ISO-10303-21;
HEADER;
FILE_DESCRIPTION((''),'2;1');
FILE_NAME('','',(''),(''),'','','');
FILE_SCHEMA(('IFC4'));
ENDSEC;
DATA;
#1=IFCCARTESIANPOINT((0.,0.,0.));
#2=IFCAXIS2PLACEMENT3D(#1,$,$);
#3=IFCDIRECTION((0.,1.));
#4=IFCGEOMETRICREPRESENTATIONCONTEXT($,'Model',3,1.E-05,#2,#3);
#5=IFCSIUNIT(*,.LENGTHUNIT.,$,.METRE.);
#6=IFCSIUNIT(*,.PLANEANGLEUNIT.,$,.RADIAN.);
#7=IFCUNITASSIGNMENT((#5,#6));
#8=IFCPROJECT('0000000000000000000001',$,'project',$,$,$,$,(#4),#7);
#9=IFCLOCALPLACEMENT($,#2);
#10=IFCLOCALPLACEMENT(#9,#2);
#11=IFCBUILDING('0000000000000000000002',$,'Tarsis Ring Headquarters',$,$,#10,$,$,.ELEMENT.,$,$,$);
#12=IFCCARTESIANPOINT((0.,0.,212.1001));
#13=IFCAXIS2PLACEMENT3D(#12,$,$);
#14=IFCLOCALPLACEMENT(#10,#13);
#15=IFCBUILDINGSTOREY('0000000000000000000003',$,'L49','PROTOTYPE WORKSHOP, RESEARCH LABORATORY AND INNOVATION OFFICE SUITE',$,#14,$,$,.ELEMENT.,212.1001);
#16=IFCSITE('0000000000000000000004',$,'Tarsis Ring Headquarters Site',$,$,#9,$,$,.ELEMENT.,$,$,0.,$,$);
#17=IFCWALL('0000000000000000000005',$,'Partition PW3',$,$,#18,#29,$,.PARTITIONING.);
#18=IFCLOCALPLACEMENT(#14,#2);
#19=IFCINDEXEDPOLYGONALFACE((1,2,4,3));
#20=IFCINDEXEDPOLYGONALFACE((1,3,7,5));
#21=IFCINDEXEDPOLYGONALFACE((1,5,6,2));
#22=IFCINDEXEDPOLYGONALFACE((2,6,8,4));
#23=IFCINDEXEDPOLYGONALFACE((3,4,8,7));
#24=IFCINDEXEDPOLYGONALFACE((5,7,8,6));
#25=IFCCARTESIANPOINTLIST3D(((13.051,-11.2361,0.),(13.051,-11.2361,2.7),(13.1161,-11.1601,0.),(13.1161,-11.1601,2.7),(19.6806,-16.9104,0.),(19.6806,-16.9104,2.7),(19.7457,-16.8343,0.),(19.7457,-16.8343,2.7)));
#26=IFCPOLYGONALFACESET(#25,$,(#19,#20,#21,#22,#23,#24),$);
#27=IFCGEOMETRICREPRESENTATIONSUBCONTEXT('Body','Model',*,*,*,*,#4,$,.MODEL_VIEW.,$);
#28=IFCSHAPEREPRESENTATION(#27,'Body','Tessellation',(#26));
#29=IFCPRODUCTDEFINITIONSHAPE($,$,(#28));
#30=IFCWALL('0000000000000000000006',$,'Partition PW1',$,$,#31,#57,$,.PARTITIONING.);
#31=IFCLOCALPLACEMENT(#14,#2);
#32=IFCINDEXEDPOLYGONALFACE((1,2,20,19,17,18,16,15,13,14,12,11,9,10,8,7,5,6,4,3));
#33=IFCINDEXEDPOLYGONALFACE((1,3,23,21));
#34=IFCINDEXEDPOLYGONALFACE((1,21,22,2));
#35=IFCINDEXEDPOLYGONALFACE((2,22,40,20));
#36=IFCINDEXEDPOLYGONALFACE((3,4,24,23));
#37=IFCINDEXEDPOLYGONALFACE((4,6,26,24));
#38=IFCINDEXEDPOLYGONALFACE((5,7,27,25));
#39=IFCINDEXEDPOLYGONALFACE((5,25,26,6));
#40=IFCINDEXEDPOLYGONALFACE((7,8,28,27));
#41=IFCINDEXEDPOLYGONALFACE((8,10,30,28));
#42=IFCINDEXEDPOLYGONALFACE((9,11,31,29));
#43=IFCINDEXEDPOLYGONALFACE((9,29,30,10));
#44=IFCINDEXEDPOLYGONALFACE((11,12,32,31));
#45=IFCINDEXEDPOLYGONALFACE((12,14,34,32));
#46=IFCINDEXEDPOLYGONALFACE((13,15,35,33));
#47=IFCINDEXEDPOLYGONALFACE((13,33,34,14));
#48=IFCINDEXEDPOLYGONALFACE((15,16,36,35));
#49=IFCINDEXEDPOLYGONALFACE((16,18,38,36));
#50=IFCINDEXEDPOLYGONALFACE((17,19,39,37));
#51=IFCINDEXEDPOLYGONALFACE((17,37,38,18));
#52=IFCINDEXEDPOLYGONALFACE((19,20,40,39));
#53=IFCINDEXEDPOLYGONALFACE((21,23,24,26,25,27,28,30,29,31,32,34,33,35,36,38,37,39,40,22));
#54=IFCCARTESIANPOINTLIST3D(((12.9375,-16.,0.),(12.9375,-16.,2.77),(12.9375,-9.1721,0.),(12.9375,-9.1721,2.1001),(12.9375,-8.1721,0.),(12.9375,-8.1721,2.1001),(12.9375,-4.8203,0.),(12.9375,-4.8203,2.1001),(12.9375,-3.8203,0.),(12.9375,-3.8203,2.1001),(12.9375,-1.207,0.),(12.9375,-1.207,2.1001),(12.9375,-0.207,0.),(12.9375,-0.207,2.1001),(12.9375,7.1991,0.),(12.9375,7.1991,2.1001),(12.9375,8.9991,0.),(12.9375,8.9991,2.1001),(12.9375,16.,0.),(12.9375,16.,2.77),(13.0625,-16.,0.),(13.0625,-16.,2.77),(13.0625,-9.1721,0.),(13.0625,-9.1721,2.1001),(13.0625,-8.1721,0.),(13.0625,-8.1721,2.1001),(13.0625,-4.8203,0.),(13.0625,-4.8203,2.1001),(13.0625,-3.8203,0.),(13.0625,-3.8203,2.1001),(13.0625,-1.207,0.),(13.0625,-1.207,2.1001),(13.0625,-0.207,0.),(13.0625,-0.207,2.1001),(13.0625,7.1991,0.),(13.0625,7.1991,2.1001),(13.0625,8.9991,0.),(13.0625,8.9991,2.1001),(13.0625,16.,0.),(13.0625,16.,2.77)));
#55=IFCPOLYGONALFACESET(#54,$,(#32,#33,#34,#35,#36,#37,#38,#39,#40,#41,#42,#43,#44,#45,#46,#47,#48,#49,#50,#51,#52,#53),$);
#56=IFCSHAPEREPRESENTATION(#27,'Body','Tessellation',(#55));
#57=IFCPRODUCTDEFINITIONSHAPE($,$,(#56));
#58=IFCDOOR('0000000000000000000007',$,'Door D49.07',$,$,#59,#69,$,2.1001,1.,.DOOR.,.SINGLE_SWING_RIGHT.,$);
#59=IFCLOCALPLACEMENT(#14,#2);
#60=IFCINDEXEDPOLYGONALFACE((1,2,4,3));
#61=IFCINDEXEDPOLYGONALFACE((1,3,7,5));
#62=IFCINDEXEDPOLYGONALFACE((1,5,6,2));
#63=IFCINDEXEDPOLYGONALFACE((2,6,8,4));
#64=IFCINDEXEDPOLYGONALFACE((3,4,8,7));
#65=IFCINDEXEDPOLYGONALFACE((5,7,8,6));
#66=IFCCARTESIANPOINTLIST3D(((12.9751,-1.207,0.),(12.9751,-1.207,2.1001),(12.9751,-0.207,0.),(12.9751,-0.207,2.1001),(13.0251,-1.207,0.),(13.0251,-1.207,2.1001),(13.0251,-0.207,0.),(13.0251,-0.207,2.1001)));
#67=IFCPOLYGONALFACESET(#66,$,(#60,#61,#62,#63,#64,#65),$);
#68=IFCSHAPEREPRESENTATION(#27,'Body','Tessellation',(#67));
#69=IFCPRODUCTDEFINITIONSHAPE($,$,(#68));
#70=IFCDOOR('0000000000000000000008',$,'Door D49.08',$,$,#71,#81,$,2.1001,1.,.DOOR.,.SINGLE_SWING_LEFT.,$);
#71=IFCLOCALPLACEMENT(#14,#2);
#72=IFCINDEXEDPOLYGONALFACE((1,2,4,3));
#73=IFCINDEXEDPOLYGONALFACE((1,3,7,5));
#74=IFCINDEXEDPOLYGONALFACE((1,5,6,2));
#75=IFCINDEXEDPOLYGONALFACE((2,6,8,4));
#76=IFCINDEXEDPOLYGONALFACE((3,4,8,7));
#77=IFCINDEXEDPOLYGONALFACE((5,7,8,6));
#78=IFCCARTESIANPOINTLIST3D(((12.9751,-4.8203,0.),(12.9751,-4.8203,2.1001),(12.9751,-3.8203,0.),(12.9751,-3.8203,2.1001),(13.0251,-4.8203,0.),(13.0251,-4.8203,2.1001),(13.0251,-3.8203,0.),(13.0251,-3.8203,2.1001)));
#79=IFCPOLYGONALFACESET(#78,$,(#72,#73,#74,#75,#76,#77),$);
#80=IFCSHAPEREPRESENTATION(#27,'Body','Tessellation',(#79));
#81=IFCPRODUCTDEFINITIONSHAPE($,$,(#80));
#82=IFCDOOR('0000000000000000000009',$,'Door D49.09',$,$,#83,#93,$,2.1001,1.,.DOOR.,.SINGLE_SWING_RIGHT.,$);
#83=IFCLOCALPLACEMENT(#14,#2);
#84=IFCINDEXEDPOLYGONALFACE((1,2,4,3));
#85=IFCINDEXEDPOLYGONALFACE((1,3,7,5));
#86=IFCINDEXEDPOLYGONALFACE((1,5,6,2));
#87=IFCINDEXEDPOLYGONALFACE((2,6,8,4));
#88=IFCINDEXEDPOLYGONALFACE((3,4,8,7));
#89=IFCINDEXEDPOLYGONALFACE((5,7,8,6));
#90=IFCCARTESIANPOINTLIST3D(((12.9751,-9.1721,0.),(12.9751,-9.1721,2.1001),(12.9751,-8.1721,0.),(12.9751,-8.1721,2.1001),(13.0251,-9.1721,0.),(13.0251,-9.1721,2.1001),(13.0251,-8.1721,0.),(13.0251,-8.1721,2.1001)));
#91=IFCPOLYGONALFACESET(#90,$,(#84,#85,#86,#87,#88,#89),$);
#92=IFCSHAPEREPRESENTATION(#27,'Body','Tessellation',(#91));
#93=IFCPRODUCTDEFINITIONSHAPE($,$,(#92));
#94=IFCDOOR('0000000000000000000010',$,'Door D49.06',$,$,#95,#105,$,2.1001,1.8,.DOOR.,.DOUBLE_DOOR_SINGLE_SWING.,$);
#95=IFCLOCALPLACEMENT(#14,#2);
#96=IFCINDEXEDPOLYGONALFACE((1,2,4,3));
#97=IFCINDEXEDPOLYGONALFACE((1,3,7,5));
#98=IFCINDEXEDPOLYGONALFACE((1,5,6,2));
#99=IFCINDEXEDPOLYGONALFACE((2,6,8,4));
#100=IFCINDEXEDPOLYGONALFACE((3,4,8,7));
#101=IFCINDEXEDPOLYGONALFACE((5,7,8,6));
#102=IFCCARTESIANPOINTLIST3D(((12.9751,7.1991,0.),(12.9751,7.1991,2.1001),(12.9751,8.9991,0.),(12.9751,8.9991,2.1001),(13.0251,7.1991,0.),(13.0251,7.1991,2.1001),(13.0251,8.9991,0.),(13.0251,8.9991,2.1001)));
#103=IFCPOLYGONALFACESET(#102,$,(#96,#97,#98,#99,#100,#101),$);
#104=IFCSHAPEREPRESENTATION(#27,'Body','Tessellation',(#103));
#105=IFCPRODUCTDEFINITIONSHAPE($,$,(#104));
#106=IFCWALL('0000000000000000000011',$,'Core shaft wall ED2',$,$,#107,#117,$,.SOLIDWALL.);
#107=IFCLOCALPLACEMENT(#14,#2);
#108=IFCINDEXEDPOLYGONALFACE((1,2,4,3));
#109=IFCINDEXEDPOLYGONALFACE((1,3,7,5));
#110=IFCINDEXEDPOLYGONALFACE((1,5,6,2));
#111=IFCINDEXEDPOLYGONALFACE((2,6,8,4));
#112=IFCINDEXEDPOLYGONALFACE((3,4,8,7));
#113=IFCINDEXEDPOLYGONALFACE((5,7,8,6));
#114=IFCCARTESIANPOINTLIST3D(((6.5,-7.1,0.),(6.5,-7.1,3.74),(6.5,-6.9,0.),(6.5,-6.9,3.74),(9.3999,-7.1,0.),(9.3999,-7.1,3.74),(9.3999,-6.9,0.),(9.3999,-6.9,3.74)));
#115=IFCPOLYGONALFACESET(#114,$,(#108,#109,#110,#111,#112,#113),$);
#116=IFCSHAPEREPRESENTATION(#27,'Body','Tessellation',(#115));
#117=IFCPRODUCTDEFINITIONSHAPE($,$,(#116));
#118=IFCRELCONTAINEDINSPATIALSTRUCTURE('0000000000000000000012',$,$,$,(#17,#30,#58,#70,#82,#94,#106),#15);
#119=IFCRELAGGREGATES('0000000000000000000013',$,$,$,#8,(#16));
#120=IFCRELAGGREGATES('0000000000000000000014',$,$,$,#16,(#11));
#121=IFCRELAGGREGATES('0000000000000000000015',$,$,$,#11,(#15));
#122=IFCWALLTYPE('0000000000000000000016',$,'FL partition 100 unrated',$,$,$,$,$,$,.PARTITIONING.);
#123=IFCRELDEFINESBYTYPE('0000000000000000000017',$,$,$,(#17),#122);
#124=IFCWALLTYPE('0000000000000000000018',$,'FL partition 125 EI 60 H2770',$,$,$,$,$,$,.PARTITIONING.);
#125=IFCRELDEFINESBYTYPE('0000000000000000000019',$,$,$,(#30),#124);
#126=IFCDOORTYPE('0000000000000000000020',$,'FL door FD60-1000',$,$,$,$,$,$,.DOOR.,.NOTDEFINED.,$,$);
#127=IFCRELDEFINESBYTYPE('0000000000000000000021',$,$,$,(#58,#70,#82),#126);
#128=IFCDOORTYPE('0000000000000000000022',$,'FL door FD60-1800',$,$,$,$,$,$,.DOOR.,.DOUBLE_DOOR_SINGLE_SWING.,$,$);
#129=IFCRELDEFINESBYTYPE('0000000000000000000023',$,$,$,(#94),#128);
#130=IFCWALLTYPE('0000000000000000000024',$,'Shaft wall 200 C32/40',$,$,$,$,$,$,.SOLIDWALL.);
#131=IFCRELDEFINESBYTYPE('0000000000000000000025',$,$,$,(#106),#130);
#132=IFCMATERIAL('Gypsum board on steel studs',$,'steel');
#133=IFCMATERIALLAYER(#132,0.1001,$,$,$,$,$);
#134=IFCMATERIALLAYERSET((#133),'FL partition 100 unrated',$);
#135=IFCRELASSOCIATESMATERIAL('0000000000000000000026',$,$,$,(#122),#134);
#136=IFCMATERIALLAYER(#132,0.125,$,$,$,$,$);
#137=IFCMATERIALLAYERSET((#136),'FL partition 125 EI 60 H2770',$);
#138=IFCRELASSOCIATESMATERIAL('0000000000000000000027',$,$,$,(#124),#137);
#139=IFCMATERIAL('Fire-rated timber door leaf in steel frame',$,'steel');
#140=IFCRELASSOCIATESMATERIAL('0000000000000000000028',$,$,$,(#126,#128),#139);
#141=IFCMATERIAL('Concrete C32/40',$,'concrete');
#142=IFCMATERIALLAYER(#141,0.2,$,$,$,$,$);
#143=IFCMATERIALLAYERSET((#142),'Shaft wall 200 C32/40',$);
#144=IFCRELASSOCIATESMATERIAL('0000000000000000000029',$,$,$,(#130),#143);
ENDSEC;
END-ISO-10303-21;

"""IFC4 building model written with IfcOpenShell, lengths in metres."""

from ifc_helpers import new_model, si_unit, direction, frame, frame_2d, origin, place, context, subcontext, project, spatial, rectangle, extrude, material, layer, layer_set, type_object, element, fill, save


model = new_model("IFC4")

# Units and contexts
model_context = context("Model", 3, precision=1e-05, world=origin(), true_north=direction((0.0, 1.0)))
body_context = subcontext(model_context, "Body", "Model", "MODEL_VIEW")
ifc_project = project(units=[si_unit("LENGTHUNIT", "METRE"), si_unit("PLANEANGLEUNIT", "RADIAN")], contexts=[model_context])

# Site, building, storey
site_placement = place(None, origin())
site = spatial("IfcSite", under=ifc_project, at=site_placement, Name="Tarsis Ring Headquarters Site", CompositionType="ELEMENT", RefElevation=0.0)
building_placement = place(site_placement, origin())
building = spatial("IfcBuilding", under=site, at=building_placement, Name="Tarsis Ring Headquarters", CompositionType="ELEMENT")
storey_placement = place(building_placement, frame((0.0, 0.0, 212.1001)))
storey = spatial("IfcBuildingStorey", under=building, at=storey_placement, Name="L49", Description="PROTOTYPE WORKSHOP, RESEARCH LABORATORY AND INNOVATION OFFICE SUITE", CompositionType="ELEMENT", Elevation=212.1001)

# Wall
ifc_material_1 = material(Name="Gypsum board on steel studs", Category="steel")
ifc_layer_1 = layer(ifc_material_1, 0.1001)
ifc_layer_set_1 = layer_set([ifc_layer_1], Name="FL partition 100 unrated")
wall_type_1 = type_object("IfcWallType", Name="FL partition 100 unrated", PredefinedType="PARTITIONING", material=ifc_layer_set_1)
wall_1_placement = place(storey_placement, frame((13.0835, -11.198, 0.0), z_axis=(0.0, 0.0, 1.0), x_axis=(0.759722, -0.650247, 0.0)))
element("IfcWall", 1, at=wall_1_placement, inside=storey, type_object=wall_type_1, Name="Partition PW3", PredefinedType="PARTITIONING", context=body_context, shape_type="SweptSolid", body=[
    extrude(rectangle(XDim=8.7263, YDim=0.1001, at=frame_2d((4.3633, 0.0))), origin(), (0.0, 0.0, 1.0), 2.7),
])

# Wall, openings, doors
ifc_layer_2 = layer(ifc_material_1, 0.125)
ifc_layer_set_2 = layer_set([ifc_layer_2], Name="FL partition 125 EI 60 H2770")
wall_type_2 = type_object("IfcWallType", Name="FL partition 125 EI 60 H2770", PredefinedType="PARTITIONING", material=ifc_layer_set_2)
wall_2_placement = place(storey_placement, frame((13.0, -16.0, 0.0), z_axis=(0.0, 0.0, 1.0), x_axis=(0.0, 1.0, 0.0)))
wall_2 = element("IfcWall", 2, at=wall_2_placement, inside=storey, type_object=wall_type_2, Name="Partition PW1", PredefinedType="PARTITIONING", context=body_context, shape_type="SweptSolid", body=[
    extrude(rectangle(XDim=32.0, YDim=0.125, at=frame_2d((16.0, 0.0))), origin(), (0.0, 0.0, 1.0), 2.77),
])
opening_1_placement = place(wall_2_placement, frame((23.1992, 0.0, 0.0)))
opening_1 = element("IfcOpeningElement", 3, at=opening_1_placement, cuts=wall_2, PredefinedType="OPENING", context=body_context, shape_type="SweptSolid", body=[
    extrude(rectangle(XDim=1.8, YDim=2.1001, at=frame_2d((0.8999, 1.05))), frame((0.0, 0.0725, 0.0), z_axis=(0.0, -1.0, 0.0), x_axis=(1.0, 0.0, 0.0)), (0.0, 0.0, 1.0), 0.145),
])
opening_2_placement = place(wall_2_placement, frame((14.793, 0.0, 0.0)))
opening_2 = element("IfcOpeningElement", 4, at=opening_2_placement, cuts=wall_2, PredefinedType="OPENING", context=body_context, shape_type="SweptSolid", body=[
    extrude(rectangle(XDim=1.0, YDim=2.1001, at=frame_2d((0.5, 1.05))), frame((0.0, 0.0725, 0.0), z_axis=(0.0, -1.0, 0.0), x_axis=(1.0, 0.0, 0.0)), (0.0, 0.0, 1.0), 0.145),
])
opening_3_placement = place(wall_2_placement, frame((11.1797, 0.0, 0.0)))
opening_3 = element("IfcOpeningElement", 5, at=opening_3_placement, cuts=wall_2, PredefinedType="OPENING", context=body_context, shape_type="SweptSolid", body=[
    extrude(rectangle(XDim=1.0, YDim=2.1001, at=frame_2d((0.5, 1.05))), frame((0.0, 0.0725, 0.0), z_axis=(0.0, -1.0, 0.0), x_axis=(1.0, 0.0, 0.0)), (0.0, 0.0, 1.0), 0.145),
])
opening_4_placement = place(wall_2_placement, frame((6.8279, 0.0, 0.0)))
opening_4 = element("IfcOpeningElement", 6, at=opening_4_placement, cuts=wall_2, PredefinedType="OPENING", context=body_context, shape_type="SweptSolid", body=[
    extrude(rectangle(XDim=1.0, YDim=2.1001, at=frame_2d((0.5, 1.05))), frame((0.0, 0.0725, 0.0), z_axis=(0.0, -1.0, 0.0), x_axis=(1.0, 0.0, 0.0)), (0.0, 0.0, 1.0), 0.145),
])
ifc_material_2 = material(Name="Fire-rated timber door leaf in steel frame", Category="steel")
door_type_1 = type_object("IfcDoorType", Name="FL door FD60-1000", OperationType="NOTDEFINED", PredefinedType="DOOR", material=ifc_material_2)
door_1_placement = place(opening_2_placement, origin())
door_1 = element("IfcDoor", 7, at=door_1_placement, inside=storey, type_object=door_type_1, Name="Door D49.07", OperationType="SINGLE_SWING_RIGHT", OverallHeight=2.1001, OverallWidth=1.0, PredefinedType="DOOR", context=body_context, shape_type="SweptSolid", body=[
    extrude(rectangle(XDim=1.0, YDim=2.1001, at=frame_2d((0.5, 1.05))), frame((0.0, 0.0249, 0.0), z_axis=(0.0, -1.0, 0.0), x_axis=(1.0, 0.0, 0.0)), (0.0, 0.0, 1.0), 0.05),
])
fill(opening_2, door_1)
door_2_placement = place(opening_3_placement, origin())
door_2 = element("IfcDoor", 8, at=door_2_placement, inside=storey, type_object=door_type_1, Name="Door D49.08", OperationType="SINGLE_SWING_LEFT", OverallHeight=2.1001, OverallWidth=1.0, PredefinedType="DOOR", context=body_context, shape_type="SweptSolid", body=[
    extrude(rectangle(XDim=1.0, YDim=2.1001, at=frame_2d((0.5, 1.05))), frame((0.0, 0.0249, 0.0), z_axis=(0.0, -1.0, 0.0), x_axis=(1.0, 0.0, 0.0)), (0.0, 0.0, 1.0), 0.05),
])
fill(opening_3, door_2)
door_3_placement = place(opening_4_placement, origin())
door_3 = element("IfcDoor", 9, at=door_3_placement, inside=storey, type_object=door_type_1, Name="Door D49.09", OperationType="SINGLE_SWING_RIGHT", OverallHeight=2.1001, OverallWidth=1.0, PredefinedType="DOOR", context=body_context, shape_type="SweptSolid", body=[
    extrude(rectangle(XDim=1.0, YDim=2.1001, at=frame_2d((0.5, 1.05))), frame((0.0, 0.0249, 0.0), z_axis=(0.0, -1.0, 0.0), x_axis=(1.0, 0.0, 0.0)), (0.0, 0.0, 1.0), 0.05),
])
fill(opening_4, door_3)
door_type_2 = type_object("IfcDoorType", Name="FL door FD60-1800", OperationType="DOUBLE_DOOR_SINGLE_SWING", PredefinedType="DOOR", material=ifc_material_2)
door_4_placement = place(opening_1_placement, origin())
door_4 = element("IfcDoor", 10, at=door_4_placement, inside=storey, type_object=door_type_2, Name="Door D49.06", OperationType="DOUBLE_DOOR_SINGLE_SWING", OverallHeight=2.1001, OverallWidth=1.8, PredefinedType="DOOR", context=body_context, shape_type="SweptSolid", body=[
    extrude(rectangle(XDim=1.8, YDim=2.1001, at=frame_2d((0.8999, 1.05))), frame((0.0, 0.0249, 0.0), z_axis=(0.0, -1.0, 0.0), x_axis=(1.0, 0.0, 0.0)), (0.0, 0.0, 1.0), 0.05),
])
fill(opening_1, door_4)

# Wall
ifc_material_3 = material(Name="Concrete C32/40", Category="concrete")
ifc_layer_3 = layer(ifc_material_3, 0.2)
ifc_layer_set_3 = layer_set([ifc_layer_3], Name="Shaft wall 200 C32/40")
wall_type_3 = type_object("IfcWallType", Name="Shaft wall 200 C32/40", PredefinedType="SOLIDWALL", material=ifc_layer_set_3)
wall_3_placement = place(storey_placement, frame((6.5, -7.0, 0.0), z_axis=(0.0, 0.0, 1.0), x_axis=(1.0, 0.0, 0.0)))
element("IfcWall", 11, at=wall_3_placement, inside=storey, type_object=wall_type_3, Name="Core shaft wall ED2", PredefinedType="SOLIDWALL", context=body_context, shape_type="SweptSolid", body=[
    extrude(rectangle(XDim=2.8999, YDim=0.2, at=frame_2d((1.45, 0.0))), origin(), (0.0, 0.0, 1.0), 3.74),
])

save(model, "model.ifc")
